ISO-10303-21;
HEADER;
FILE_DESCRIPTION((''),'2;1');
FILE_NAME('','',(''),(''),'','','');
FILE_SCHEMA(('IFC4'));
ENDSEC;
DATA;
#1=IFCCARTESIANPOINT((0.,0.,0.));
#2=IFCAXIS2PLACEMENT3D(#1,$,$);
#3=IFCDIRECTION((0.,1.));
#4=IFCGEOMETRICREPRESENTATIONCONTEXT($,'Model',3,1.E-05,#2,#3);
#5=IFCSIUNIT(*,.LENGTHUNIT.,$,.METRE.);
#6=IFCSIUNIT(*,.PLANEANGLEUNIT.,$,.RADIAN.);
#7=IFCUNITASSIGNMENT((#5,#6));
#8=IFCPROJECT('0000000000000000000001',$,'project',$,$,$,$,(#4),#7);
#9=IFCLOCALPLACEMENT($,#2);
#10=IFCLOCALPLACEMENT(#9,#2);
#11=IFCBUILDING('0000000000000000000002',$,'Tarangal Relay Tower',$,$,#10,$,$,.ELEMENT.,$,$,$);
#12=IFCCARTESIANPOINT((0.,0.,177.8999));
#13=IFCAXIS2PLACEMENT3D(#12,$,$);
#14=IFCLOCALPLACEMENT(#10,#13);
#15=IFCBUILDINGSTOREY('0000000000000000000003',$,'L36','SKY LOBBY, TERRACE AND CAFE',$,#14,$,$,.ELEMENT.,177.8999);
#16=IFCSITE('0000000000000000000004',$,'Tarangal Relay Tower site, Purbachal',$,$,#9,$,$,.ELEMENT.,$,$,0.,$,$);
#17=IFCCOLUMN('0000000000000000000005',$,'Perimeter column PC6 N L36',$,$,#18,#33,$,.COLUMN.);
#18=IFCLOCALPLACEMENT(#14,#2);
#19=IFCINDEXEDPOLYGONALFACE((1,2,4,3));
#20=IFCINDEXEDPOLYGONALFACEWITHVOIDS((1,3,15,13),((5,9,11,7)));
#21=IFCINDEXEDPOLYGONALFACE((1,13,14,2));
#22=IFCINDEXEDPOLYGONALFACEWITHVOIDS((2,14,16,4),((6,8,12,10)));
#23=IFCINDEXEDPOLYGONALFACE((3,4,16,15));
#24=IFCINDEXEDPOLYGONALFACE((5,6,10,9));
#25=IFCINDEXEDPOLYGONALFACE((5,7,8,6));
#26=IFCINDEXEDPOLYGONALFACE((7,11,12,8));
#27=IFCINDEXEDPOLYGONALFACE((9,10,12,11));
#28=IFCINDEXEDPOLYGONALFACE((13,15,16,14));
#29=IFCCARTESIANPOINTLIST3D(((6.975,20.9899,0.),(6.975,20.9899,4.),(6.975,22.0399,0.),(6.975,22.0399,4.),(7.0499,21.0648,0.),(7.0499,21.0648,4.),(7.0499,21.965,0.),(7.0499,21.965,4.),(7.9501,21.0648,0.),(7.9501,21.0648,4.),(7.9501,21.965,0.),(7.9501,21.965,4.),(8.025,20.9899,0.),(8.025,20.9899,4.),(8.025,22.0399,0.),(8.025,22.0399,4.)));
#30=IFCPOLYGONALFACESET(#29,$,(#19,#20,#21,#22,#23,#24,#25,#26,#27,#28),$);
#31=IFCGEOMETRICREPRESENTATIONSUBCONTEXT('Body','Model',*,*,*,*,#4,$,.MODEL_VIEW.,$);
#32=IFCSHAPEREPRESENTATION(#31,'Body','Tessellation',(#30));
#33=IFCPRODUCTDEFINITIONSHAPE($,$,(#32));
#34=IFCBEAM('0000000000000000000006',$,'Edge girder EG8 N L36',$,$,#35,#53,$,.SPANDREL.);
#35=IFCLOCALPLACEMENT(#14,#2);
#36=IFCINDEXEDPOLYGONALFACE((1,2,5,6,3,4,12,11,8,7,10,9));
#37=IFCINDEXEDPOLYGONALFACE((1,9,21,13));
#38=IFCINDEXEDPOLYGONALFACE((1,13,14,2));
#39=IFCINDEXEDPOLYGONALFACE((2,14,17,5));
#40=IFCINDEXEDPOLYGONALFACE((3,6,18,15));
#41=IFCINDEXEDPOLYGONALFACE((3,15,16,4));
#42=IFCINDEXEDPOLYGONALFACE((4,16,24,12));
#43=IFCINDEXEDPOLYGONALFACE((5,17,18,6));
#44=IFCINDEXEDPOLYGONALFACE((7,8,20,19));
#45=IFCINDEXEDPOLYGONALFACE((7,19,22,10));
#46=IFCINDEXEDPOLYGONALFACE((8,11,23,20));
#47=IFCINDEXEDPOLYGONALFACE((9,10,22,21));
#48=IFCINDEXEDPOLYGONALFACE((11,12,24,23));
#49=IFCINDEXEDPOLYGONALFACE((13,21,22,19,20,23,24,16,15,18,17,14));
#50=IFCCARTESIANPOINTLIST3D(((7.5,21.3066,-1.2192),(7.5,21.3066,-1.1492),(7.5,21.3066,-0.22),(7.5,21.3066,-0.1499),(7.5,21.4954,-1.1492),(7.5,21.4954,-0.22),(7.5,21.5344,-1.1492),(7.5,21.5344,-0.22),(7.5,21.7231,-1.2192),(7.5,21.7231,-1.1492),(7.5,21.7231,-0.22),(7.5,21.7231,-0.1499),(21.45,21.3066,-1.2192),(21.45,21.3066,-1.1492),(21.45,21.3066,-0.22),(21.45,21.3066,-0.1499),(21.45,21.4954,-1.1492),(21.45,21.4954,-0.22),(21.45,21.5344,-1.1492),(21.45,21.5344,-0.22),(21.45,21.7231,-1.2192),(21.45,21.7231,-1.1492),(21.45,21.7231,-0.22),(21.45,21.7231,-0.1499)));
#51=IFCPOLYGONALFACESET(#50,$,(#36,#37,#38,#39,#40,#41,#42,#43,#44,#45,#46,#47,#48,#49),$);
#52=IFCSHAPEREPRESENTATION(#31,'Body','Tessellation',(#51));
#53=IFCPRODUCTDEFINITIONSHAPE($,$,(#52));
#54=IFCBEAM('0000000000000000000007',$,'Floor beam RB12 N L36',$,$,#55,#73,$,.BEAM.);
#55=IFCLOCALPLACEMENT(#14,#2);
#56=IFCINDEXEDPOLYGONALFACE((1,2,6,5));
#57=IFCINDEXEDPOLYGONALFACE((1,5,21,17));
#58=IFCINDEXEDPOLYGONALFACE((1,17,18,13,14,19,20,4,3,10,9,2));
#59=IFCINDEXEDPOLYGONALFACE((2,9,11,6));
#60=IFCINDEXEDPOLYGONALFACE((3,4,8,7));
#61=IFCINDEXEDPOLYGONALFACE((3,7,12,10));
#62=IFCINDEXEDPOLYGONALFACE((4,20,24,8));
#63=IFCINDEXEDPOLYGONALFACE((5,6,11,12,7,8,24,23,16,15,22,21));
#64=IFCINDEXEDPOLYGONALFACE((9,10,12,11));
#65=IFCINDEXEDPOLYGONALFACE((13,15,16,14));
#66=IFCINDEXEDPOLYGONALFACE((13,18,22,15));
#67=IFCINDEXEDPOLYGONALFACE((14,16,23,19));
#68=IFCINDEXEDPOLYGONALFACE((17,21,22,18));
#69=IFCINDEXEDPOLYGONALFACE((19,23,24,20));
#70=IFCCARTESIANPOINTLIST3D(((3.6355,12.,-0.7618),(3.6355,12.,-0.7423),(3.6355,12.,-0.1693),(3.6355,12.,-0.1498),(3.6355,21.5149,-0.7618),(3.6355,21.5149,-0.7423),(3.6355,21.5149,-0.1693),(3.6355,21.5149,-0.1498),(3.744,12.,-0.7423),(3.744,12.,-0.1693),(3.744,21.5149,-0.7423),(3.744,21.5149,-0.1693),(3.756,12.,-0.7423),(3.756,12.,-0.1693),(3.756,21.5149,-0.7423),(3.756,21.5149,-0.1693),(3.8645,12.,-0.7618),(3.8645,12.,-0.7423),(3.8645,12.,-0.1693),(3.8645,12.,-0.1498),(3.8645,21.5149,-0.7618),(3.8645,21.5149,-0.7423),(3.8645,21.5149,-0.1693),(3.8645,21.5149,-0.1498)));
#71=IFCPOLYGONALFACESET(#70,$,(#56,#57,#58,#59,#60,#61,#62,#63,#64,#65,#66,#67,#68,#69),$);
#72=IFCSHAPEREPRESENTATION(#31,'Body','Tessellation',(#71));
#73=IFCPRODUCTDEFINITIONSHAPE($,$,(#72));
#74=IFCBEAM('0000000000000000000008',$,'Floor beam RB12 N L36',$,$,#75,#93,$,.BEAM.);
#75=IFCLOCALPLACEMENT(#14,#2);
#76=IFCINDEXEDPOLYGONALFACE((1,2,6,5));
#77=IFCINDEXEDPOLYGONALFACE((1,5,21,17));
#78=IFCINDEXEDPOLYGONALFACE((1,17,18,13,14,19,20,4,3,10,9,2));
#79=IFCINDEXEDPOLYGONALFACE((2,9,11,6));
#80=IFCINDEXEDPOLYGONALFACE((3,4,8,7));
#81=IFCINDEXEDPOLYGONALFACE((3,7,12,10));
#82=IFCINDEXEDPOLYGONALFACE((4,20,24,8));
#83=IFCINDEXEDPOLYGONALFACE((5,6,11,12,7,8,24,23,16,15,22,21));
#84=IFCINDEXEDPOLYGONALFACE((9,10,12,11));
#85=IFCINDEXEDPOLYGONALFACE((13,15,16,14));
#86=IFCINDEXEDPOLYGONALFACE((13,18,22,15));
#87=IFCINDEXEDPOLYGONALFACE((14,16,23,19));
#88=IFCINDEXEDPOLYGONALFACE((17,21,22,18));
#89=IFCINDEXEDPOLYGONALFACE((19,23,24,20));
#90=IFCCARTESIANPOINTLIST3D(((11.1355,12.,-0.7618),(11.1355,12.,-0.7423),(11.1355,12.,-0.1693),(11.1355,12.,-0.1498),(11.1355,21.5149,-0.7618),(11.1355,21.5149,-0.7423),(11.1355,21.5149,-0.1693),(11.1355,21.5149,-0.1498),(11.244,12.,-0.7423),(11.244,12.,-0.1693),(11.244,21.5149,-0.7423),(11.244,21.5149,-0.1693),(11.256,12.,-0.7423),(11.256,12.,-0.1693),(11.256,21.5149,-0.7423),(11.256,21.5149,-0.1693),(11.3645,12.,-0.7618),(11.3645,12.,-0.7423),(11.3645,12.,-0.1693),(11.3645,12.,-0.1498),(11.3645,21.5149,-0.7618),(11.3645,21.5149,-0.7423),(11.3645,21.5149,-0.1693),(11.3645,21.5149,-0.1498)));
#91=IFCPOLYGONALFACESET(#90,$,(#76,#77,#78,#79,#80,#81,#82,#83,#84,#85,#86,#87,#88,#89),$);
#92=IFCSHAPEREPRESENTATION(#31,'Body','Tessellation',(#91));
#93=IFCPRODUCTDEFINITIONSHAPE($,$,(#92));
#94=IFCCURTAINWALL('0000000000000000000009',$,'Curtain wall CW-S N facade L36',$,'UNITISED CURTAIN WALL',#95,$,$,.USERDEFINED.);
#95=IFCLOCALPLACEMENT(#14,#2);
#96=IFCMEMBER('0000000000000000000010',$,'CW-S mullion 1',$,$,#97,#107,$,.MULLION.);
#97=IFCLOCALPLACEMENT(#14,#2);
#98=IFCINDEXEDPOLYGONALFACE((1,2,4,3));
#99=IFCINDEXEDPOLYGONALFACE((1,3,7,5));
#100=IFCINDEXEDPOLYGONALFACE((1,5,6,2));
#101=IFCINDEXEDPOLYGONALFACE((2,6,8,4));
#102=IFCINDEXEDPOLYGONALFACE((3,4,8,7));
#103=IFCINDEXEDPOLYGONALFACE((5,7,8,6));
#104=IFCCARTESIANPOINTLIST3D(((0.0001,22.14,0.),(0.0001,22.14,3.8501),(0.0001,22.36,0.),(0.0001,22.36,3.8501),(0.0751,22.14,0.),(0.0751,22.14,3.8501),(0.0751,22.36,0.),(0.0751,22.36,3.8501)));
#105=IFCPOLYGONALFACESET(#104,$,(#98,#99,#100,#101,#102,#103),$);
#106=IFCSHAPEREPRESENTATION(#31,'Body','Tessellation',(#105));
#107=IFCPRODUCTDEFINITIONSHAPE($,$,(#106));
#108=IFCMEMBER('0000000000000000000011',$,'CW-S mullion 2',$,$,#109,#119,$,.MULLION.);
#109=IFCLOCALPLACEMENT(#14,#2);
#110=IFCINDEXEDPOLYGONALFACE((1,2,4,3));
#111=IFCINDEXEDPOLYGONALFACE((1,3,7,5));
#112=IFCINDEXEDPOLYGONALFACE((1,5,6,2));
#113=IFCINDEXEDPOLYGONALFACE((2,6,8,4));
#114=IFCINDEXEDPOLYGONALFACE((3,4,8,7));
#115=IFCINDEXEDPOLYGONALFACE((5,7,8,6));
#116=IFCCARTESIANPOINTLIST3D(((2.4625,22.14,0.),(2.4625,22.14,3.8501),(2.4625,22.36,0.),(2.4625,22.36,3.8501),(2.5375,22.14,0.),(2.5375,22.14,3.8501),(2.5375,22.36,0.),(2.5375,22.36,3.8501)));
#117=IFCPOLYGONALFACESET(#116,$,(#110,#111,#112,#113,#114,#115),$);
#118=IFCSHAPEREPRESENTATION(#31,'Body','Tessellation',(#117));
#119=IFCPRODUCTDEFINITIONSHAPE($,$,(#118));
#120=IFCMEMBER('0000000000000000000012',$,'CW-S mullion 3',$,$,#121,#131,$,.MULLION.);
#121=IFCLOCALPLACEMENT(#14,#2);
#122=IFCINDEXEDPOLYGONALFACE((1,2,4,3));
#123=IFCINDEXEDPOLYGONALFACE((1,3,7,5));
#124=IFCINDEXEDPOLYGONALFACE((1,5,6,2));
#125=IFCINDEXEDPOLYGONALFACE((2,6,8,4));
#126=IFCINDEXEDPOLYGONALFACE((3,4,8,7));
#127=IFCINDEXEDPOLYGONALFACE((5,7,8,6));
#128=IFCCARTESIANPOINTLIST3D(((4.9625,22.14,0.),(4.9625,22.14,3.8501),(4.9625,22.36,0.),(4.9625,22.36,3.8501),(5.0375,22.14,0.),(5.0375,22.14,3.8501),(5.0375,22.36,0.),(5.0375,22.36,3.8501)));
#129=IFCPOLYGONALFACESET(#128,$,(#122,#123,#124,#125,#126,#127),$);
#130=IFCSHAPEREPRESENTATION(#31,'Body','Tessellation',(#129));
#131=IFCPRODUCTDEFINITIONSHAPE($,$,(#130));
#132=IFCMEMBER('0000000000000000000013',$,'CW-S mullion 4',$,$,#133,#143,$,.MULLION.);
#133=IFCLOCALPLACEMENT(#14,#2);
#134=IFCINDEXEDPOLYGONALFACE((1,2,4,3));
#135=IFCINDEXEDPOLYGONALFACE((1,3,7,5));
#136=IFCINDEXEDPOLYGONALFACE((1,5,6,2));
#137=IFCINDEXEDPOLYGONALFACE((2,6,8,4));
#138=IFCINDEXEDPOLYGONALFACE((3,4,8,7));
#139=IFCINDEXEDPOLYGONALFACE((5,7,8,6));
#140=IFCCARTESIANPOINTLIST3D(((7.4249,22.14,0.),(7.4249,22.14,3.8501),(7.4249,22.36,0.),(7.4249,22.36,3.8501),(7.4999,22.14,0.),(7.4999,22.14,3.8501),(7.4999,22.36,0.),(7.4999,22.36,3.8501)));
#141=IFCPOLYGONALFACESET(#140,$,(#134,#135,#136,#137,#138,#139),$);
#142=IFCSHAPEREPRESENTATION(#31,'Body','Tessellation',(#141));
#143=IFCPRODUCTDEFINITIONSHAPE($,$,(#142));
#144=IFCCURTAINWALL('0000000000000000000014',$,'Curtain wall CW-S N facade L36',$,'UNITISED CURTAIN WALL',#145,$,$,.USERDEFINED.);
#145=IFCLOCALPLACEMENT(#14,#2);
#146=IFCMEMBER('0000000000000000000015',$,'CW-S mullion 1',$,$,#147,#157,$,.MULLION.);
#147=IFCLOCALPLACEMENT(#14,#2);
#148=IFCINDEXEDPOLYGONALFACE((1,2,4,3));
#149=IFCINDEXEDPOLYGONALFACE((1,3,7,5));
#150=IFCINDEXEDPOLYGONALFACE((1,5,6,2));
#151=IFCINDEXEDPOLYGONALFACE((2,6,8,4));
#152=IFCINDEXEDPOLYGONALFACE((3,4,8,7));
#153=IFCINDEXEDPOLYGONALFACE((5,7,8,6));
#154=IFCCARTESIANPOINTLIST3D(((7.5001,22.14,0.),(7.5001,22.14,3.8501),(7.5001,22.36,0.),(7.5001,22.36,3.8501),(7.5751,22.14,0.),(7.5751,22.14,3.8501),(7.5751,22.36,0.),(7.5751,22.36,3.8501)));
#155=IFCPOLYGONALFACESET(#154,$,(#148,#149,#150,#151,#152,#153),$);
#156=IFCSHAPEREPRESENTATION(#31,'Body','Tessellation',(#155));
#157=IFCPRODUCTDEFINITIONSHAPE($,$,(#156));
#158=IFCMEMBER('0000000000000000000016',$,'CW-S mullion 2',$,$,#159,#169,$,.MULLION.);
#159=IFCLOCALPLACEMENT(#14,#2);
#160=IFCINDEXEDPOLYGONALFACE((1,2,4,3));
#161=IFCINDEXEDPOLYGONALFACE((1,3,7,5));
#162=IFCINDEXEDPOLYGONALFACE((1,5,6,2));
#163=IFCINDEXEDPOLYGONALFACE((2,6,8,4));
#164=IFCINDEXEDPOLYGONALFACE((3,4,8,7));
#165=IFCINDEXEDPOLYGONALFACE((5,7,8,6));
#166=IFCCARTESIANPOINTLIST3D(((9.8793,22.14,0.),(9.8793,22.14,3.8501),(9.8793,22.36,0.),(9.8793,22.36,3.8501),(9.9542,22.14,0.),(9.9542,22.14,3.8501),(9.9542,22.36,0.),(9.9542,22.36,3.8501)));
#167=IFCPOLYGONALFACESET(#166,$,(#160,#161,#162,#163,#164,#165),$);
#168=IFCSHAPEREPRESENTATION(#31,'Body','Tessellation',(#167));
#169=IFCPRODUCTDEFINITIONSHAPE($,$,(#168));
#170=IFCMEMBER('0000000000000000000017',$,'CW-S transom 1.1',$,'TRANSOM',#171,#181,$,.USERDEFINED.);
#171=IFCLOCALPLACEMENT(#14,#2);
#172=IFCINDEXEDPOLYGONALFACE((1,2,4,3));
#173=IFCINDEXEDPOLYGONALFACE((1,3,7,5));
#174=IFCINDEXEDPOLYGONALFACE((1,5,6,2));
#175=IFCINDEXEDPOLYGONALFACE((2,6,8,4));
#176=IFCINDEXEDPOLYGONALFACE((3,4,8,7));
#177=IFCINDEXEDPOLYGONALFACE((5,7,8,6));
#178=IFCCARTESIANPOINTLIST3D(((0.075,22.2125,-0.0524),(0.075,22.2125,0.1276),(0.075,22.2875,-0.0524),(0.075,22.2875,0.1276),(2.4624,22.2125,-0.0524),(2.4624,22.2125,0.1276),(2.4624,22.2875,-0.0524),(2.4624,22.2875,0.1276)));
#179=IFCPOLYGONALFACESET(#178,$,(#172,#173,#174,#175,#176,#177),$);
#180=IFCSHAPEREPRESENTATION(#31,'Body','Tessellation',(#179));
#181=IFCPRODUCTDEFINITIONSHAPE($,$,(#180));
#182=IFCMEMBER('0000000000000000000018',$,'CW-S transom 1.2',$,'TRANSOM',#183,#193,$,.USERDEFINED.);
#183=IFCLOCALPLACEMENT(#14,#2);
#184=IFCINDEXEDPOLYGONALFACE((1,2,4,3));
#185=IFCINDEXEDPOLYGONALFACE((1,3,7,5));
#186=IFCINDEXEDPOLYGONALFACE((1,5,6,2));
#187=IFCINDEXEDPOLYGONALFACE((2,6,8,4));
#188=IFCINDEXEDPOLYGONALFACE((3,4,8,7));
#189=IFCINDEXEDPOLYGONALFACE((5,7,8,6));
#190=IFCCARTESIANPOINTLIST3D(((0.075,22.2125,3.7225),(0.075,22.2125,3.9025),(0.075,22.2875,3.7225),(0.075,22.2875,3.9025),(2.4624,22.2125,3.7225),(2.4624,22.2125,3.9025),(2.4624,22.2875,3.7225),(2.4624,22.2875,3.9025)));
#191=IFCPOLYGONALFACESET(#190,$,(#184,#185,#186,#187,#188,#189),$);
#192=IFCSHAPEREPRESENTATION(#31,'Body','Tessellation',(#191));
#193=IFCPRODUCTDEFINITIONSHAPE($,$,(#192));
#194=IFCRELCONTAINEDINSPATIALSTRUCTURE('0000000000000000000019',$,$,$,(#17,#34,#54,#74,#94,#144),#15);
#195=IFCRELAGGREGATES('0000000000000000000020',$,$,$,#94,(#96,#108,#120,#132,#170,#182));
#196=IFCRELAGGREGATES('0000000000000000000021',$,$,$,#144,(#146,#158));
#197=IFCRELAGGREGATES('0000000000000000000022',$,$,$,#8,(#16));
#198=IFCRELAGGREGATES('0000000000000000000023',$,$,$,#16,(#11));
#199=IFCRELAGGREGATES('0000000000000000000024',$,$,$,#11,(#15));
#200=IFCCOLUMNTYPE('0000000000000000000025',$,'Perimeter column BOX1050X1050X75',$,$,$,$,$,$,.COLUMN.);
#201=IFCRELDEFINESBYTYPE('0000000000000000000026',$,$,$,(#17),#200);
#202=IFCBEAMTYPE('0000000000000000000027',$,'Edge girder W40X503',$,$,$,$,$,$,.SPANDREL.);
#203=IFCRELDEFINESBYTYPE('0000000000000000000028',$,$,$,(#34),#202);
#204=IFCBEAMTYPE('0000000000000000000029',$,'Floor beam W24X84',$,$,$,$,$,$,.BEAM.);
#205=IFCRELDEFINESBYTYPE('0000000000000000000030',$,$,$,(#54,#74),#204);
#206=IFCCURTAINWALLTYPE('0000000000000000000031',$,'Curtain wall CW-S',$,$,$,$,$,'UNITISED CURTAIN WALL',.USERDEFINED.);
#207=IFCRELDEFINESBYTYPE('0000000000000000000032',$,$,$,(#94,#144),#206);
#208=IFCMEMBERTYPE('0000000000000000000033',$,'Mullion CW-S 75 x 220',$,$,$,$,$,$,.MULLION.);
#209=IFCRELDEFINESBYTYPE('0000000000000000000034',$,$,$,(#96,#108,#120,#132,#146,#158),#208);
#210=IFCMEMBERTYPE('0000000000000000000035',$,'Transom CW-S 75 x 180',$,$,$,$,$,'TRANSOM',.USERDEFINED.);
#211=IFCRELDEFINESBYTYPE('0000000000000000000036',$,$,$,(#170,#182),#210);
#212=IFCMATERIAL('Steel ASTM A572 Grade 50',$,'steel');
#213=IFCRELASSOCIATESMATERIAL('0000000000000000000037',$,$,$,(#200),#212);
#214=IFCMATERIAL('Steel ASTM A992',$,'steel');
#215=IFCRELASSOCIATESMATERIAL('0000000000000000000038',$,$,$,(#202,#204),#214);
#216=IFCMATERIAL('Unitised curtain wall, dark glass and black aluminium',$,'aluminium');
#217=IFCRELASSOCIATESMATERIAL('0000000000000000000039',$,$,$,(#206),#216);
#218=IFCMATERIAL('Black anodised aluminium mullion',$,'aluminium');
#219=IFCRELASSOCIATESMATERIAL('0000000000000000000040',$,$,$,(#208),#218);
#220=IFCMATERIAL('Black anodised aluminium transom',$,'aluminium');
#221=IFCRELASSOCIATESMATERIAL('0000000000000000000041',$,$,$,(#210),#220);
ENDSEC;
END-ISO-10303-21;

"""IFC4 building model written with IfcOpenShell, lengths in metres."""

from ifc_helpers import new_model, si_unit, direction, frame, origin, origin_2d, place, context, subcontext, project, spatial, rectangle, hollow_rectangle, i_section, extrude, material, material_profile, profile_set, type_object, element, aggregate, save


model = new_model("IFC4")

# Units and contexts
model_context = context("Model", 3, precision=1e-05, world=origin(), true_north=direction((0.0, 1.0)))
body_context = subcontext(model_context, "Body", "Model", "MODEL_VIEW")
ifc_project = project(units=[si_unit("LENGTHUNIT", "METRE"), si_unit("PLANEANGLEUNIT", "RADIAN")], contexts=[model_context])

# Site, building, storey
site_placement = place(None, origin())
site = spatial("IfcSite", under=ifc_project, at=site_placement, Name="Tarangal Relay Tower site, Purbachal", CompositionType="ELEMENT", RefElevation=0.0)
building_placement = place(site_placement, origin())
building = spatial("IfcBuilding", under=site, at=building_placement, Name="Tarangal Relay Tower", CompositionType="ELEMENT")
storey_placement = place(building_placement, frame((0.0, 0.0, 177.8999)))
storey = spatial("IfcBuildingStorey", under=building, at=storey_placement, Name="L36", Description="SKY LOBBY, TERRACE AND CAFE", CompositionType="ELEMENT", Elevation=177.8999)

# Column
ifc_material_1 = material(Name="Steel ASTM A572 Grade 50", Category="steel")
ifc_material_profile_1 = material_profile(ifc_material_1, hollow_rectangle(XDim=1.05, YDim=1.05, WallThickness=0.075, at=origin_2d()), Name="BOX1050X1050X75")
ifc_profile_set_1 = profile_set([ifc_material_profile_1], Name="Steel ASTM A572 Grade 50")
column_type = type_object("IfcColumnType", Name="Perimeter column BOX1050X1050X75", PredefinedType="COLUMN", material=ifc_profile_set_1)
column_placement = place(storey_placement, frame((7.5, 21.5149, 0.0), z_axis=(0.0, 0.0, 1.0), x_axis=(1.0, 0.0, 0.0)))
element("IfcColumn", 1, at=column_placement, inside=storey, type_object=column_type, Name="Perimeter column PC6 N L36", PredefinedType="COLUMN", context=body_context, shape_type="SweptSolid", body=[
    extrude(hollow_rectangle(XDim=1.05, YDim=1.05, WallThickness=0.075, at=origin_2d()), origin(), (0.0, 0.0, 1.0), 4.0),
])

# Beams
ifc_material_2 = material(Name="Steel ASTM A992", Category="steel")
ifc_material_profile_2 = material_profile(ifc_material_2, i_section(OverallWidth=0.4165, OverallDepth=1.0693, WebThickness=0.0391, FlangeThickness=0.0701, at=origin_2d()), Name="W40X503")
ifc_profile_set_2 = profile_set([ifc_material_profile_2], Name="Steel ASTM A992")
beam_type_1 = type_object("IfcBeamType", Name="Edge girder W40X503", PredefinedType="SPANDREL", material=ifc_profile_set_2)
beam_placement = place(storey_placement, frame((7.5, 21.5149, -0.6846), z_axis=(1.0, 0.0, 0.0), x_axis=(0.0, 1.0, 0.0)))
element("IfcBeam", 2, at=beam_placement, inside=storey, type_object=beam_type_1, Name="Edge girder EG8 N L36", PredefinedType="SPANDREL", context=body_context, shape_type="SweptSolid", body=[
    extrude(i_section(OverallWidth=0.4165, OverallDepth=1.0693, WebThickness=0.0391, FlangeThickness=0.0701, at=origin_2d()), origin(), (0.0, 0.0, 1.0), 13.95),
])
ifc_material_profile_3 = material_profile(ifc_material_2, i_section(OverallWidth=0.229, OverallDepth=0.6121, WebThickness=0.012, FlangeThickness=0.0195, at=origin_2d()), Name="W24X84")
ifc_profile_set_3 = profile_set([ifc_material_profile_3], Name="Steel ASTM A992")
beam_type_2 = type_object("IfcBeamType", Name="Floor beam W24X84", PredefinedType="BEAM", material=ifc_profile_set_3)
for number, where, z_axis, x_axis, name in (
    (3, (3.75, 12.0, -0.4558), (0.0, 1.0, 0.0), (-1.0, 0.0, 0.0), "Floor beam RB12 N L36"),
    (4, (11.25, 12.0, -0.4558), (0.0, 1.0, 0.0), (-1.0, 0.0, 0.0), "Floor beam RB12 N L36"),
):
    element("IfcBeam", number, at=place(storey_placement, frame(where, z_axis=z_axis, x_axis=x_axis)), inside=storey, type_object=beam_type_2, Name=name, PredefinedType="BEAM", context=body_context, shape_type="SweptSolid", body=[
        extrude(i_section(OverallWidth=0.229, OverallDepth=0.6121, WebThickness=0.012, FlangeThickness=0.0195, at=origin_2d()), origin(), (0.0, 0.0, 1.0), 9.5149),
    ])

# Curtain walls, members
ifc_material_3 = material(Name="Unitised curtain wall, dark glass and black aluminium", Category="aluminium")
curtain_wall_type = type_object("IfcCurtainWallType", Name="Curtain wall CW-S", ElementType="UNITISED CURTAIN WALL", PredefinedType="USERDEFINED", material=ifc_material_3)
curtain_wall_1_placement = place(storey_placement, origin())
curtain_wall_1 = element("IfcCurtainWall", 5, at=curtain_wall_1_placement, inside=storey, type_object=curtain_wall_type, Name="Curtain wall CW-S N facade L36", ObjectType="UNITISED CURTAIN WALL", PredefinedType="USERDEFINED")
ifc_material_4 = material(Name="Black anodised aluminium mullion", Category="aluminium")
ifc_material_profile_4 = material_profile(ifc_material_4, rectangle(XDim=0.22, YDim=0.075, at=origin_2d()), Name="CW-SM 75X220")
ifc_profile_set_4 = profile_set([ifc_material_profile_4], Name="Black anodised aluminium mullion")
member_type_1 = type_object("IfcMemberType", Name="Mullion CW-S 75 x 220", PredefinedType="MULLION", material=ifc_profile_set_4)
member_1_placement = place(storey_placement, frame((0.0376, 22.25, 0.0), z_axis=(0.0, 0.0, 1.0), x_axis=(0.0, 1.0, 0.0)))
member_1 = element("IfcMember", 6, at=member_1_placement, type_object=member_type_1, Name="CW-S mullion 1", PredefinedType="MULLION", context=body_context, shape_type="SweptSolid", body=[
    extrude(rectangle(XDim=0.22, YDim=0.075, at=origin_2d()), origin(), (0.0, 0.0, 1.0), 3.8501),
])
member_2_placement = place(storey_placement, frame((2.5, 22.25, 0.0), z_axis=(0.0, 0.0, 1.0), x_axis=(0.0, 1.0, 0.0)))
member_2 = element("IfcMember", 7, at=member_2_placement, type_object=member_type_1, Name="CW-S mullion 2", PredefinedType="MULLION", context=body_context, shape_type="SweptSolid", body=[
    extrude(rectangle(XDim=0.22, YDim=0.075, at=origin_2d()), origin(), (0.0, 0.0, 1.0), 3.8501),
])
member_3_placement = place(storey_placement, frame((5.0, 22.25, 0.0), z_axis=(0.0, 0.0, 1.0), x_axis=(0.0, 1.0, 0.0)))
member_3 = element("IfcMember", 8, at=member_3_placement, type_object=member_type_1, Name="CW-S mullion 3", PredefinedType="MULLION", context=body_context, shape_type="SweptSolid", body=[
    extrude(rectangle(XDim=0.22, YDim=0.075, at=origin_2d()), origin(), (0.0, 0.0, 1.0), 3.8501),
])
member_4_placement = place(storey_placement, frame((7.4624, 22.25, 0.0), z_axis=(0.0, 0.0, 1.0), x_axis=(0.0, 1.0, 0.0)))
member_4 = element("IfcMember", 9, at=member_4_placement, type_object=member_type_1, Name="CW-S mullion 4", PredefinedType="MULLION", context=body_context, shape_type="SweptSolid", body=[
    extrude(rectangle(XDim=0.22, YDim=0.075, at=origin_2d()), origin(), (0.0, 0.0, 1.0), 3.8501),
])
curtain_wall_2_placement = place(storey_placement, origin())
curtain_wall_2 = element("IfcCurtainWall", 10, at=curtain_wall_2_placement, inside=storey, type_object=curtain_wall_type, Name="Curtain wall CW-S N facade L36", ObjectType="UNITISED CURTAIN WALL", PredefinedType="USERDEFINED")
member_5_placement = place(storey_placement, frame((7.5376, 22.25, 0.0), z_axis=(0.0, 0.0, 1.0), x_axis=(0.0, 1.0, 0.0)))
member_5 = element("IfcMember", 11, at=member_5_placement, type_object=member_type_1, Name="CW-S mullion 1", PredefinedType="MULLION", context=body_context, shape_type="SweptSolid", body=[
    extrude(rectangle(XDim=0.22, YDim=0.075, at=origin_2d()), origin(), (0.0, 0.0, 1.0), 3.8501),
])
member_6_placement = place(storey_placement, frame((9.9167, 22.25, 0.0), z_axis=(0.0, 0.0, 1.0), x_axis=(0.0, 1.0, 0.0)))
member_6 = element("IfcMember", 12, at=member_6_placement, type_object=member_type_1, Name="CW-S mullion 2", PredefinedType="MULLION", context=body_context, shape_type="SweptSolid", body=[
    extrude(rectangle(XDim=0.22, YDim=0.075, at=origin_2d()), origin(), (0.0, 0.0, 1.0), 3.8501),
])

# Members
ifc_material_5 = material(Name="Black anodised aluminium transom", Category="aluminium")
ifc_material_profile_5 = material_profile(ifc_material_5, rectangle(XDim=0.075, YDim=0.1799, at=origin_2d()), Name="CW-ST 75X180")
ifc_profile_set_5 = profile_set([ifc_material_profile_5], Name="Black anodised aluminium transom")
member_type_2 = type_object("IfcMemberType", Name="Transom CW-S 75 x 180", ElementType="TRANSOM", PredefinedType="USERDEFINED", material=ifc_profile_set_5)
member_7_placement = place(storey_placement, frame((0.075, 22.25, 0.0376), z_axis=(1.0, 0.0, 0.0), x_axis=(0.0, 1.0, 0.0)))
member_7 = element("IfcMember", 13, at=member_7_placement, type_object=member_type_2, Name="CW-S transom 1.1", ObjectType="TRANSOM", PredefinedType="USERDEFINED", context=body_context, shape_type="SweptSolid", body=[
    extrude(rectangle(XDim=0.075, YDim=0.1799, at=origin_2d()), origin(), (0.0, 0.0, 1.0), 2.3875),
])
member_8_placement = place(storey_placement, frame((0.075, 22.25, 3.8125), z_axis=(1.0, 0.0, 0.0), x_axis=(0.0, 1.0, 0.0)))
member_8 = element("IfcMember", 14, at=member_8_placement, type_object=member_type_2, Name="CW-S transom 1.2", ObjectType="TRANSOM", PredefinedType="USERDEFINED", context=body_context, shape_type="SweptSolid", body=[
    extrude(rectangle(XDim=0.075, YDim=0.1799, at=origin_2d()), origin(), (0.0, 0.0, 1.0), 2.3875),
])

aggregate(curtain_wall_1, [member_1, member_2, member_3, member_4, member_7, member_8])
aggregate(curtain_wall_2, [member_5, member_6])

save(model, "model.ifc")
